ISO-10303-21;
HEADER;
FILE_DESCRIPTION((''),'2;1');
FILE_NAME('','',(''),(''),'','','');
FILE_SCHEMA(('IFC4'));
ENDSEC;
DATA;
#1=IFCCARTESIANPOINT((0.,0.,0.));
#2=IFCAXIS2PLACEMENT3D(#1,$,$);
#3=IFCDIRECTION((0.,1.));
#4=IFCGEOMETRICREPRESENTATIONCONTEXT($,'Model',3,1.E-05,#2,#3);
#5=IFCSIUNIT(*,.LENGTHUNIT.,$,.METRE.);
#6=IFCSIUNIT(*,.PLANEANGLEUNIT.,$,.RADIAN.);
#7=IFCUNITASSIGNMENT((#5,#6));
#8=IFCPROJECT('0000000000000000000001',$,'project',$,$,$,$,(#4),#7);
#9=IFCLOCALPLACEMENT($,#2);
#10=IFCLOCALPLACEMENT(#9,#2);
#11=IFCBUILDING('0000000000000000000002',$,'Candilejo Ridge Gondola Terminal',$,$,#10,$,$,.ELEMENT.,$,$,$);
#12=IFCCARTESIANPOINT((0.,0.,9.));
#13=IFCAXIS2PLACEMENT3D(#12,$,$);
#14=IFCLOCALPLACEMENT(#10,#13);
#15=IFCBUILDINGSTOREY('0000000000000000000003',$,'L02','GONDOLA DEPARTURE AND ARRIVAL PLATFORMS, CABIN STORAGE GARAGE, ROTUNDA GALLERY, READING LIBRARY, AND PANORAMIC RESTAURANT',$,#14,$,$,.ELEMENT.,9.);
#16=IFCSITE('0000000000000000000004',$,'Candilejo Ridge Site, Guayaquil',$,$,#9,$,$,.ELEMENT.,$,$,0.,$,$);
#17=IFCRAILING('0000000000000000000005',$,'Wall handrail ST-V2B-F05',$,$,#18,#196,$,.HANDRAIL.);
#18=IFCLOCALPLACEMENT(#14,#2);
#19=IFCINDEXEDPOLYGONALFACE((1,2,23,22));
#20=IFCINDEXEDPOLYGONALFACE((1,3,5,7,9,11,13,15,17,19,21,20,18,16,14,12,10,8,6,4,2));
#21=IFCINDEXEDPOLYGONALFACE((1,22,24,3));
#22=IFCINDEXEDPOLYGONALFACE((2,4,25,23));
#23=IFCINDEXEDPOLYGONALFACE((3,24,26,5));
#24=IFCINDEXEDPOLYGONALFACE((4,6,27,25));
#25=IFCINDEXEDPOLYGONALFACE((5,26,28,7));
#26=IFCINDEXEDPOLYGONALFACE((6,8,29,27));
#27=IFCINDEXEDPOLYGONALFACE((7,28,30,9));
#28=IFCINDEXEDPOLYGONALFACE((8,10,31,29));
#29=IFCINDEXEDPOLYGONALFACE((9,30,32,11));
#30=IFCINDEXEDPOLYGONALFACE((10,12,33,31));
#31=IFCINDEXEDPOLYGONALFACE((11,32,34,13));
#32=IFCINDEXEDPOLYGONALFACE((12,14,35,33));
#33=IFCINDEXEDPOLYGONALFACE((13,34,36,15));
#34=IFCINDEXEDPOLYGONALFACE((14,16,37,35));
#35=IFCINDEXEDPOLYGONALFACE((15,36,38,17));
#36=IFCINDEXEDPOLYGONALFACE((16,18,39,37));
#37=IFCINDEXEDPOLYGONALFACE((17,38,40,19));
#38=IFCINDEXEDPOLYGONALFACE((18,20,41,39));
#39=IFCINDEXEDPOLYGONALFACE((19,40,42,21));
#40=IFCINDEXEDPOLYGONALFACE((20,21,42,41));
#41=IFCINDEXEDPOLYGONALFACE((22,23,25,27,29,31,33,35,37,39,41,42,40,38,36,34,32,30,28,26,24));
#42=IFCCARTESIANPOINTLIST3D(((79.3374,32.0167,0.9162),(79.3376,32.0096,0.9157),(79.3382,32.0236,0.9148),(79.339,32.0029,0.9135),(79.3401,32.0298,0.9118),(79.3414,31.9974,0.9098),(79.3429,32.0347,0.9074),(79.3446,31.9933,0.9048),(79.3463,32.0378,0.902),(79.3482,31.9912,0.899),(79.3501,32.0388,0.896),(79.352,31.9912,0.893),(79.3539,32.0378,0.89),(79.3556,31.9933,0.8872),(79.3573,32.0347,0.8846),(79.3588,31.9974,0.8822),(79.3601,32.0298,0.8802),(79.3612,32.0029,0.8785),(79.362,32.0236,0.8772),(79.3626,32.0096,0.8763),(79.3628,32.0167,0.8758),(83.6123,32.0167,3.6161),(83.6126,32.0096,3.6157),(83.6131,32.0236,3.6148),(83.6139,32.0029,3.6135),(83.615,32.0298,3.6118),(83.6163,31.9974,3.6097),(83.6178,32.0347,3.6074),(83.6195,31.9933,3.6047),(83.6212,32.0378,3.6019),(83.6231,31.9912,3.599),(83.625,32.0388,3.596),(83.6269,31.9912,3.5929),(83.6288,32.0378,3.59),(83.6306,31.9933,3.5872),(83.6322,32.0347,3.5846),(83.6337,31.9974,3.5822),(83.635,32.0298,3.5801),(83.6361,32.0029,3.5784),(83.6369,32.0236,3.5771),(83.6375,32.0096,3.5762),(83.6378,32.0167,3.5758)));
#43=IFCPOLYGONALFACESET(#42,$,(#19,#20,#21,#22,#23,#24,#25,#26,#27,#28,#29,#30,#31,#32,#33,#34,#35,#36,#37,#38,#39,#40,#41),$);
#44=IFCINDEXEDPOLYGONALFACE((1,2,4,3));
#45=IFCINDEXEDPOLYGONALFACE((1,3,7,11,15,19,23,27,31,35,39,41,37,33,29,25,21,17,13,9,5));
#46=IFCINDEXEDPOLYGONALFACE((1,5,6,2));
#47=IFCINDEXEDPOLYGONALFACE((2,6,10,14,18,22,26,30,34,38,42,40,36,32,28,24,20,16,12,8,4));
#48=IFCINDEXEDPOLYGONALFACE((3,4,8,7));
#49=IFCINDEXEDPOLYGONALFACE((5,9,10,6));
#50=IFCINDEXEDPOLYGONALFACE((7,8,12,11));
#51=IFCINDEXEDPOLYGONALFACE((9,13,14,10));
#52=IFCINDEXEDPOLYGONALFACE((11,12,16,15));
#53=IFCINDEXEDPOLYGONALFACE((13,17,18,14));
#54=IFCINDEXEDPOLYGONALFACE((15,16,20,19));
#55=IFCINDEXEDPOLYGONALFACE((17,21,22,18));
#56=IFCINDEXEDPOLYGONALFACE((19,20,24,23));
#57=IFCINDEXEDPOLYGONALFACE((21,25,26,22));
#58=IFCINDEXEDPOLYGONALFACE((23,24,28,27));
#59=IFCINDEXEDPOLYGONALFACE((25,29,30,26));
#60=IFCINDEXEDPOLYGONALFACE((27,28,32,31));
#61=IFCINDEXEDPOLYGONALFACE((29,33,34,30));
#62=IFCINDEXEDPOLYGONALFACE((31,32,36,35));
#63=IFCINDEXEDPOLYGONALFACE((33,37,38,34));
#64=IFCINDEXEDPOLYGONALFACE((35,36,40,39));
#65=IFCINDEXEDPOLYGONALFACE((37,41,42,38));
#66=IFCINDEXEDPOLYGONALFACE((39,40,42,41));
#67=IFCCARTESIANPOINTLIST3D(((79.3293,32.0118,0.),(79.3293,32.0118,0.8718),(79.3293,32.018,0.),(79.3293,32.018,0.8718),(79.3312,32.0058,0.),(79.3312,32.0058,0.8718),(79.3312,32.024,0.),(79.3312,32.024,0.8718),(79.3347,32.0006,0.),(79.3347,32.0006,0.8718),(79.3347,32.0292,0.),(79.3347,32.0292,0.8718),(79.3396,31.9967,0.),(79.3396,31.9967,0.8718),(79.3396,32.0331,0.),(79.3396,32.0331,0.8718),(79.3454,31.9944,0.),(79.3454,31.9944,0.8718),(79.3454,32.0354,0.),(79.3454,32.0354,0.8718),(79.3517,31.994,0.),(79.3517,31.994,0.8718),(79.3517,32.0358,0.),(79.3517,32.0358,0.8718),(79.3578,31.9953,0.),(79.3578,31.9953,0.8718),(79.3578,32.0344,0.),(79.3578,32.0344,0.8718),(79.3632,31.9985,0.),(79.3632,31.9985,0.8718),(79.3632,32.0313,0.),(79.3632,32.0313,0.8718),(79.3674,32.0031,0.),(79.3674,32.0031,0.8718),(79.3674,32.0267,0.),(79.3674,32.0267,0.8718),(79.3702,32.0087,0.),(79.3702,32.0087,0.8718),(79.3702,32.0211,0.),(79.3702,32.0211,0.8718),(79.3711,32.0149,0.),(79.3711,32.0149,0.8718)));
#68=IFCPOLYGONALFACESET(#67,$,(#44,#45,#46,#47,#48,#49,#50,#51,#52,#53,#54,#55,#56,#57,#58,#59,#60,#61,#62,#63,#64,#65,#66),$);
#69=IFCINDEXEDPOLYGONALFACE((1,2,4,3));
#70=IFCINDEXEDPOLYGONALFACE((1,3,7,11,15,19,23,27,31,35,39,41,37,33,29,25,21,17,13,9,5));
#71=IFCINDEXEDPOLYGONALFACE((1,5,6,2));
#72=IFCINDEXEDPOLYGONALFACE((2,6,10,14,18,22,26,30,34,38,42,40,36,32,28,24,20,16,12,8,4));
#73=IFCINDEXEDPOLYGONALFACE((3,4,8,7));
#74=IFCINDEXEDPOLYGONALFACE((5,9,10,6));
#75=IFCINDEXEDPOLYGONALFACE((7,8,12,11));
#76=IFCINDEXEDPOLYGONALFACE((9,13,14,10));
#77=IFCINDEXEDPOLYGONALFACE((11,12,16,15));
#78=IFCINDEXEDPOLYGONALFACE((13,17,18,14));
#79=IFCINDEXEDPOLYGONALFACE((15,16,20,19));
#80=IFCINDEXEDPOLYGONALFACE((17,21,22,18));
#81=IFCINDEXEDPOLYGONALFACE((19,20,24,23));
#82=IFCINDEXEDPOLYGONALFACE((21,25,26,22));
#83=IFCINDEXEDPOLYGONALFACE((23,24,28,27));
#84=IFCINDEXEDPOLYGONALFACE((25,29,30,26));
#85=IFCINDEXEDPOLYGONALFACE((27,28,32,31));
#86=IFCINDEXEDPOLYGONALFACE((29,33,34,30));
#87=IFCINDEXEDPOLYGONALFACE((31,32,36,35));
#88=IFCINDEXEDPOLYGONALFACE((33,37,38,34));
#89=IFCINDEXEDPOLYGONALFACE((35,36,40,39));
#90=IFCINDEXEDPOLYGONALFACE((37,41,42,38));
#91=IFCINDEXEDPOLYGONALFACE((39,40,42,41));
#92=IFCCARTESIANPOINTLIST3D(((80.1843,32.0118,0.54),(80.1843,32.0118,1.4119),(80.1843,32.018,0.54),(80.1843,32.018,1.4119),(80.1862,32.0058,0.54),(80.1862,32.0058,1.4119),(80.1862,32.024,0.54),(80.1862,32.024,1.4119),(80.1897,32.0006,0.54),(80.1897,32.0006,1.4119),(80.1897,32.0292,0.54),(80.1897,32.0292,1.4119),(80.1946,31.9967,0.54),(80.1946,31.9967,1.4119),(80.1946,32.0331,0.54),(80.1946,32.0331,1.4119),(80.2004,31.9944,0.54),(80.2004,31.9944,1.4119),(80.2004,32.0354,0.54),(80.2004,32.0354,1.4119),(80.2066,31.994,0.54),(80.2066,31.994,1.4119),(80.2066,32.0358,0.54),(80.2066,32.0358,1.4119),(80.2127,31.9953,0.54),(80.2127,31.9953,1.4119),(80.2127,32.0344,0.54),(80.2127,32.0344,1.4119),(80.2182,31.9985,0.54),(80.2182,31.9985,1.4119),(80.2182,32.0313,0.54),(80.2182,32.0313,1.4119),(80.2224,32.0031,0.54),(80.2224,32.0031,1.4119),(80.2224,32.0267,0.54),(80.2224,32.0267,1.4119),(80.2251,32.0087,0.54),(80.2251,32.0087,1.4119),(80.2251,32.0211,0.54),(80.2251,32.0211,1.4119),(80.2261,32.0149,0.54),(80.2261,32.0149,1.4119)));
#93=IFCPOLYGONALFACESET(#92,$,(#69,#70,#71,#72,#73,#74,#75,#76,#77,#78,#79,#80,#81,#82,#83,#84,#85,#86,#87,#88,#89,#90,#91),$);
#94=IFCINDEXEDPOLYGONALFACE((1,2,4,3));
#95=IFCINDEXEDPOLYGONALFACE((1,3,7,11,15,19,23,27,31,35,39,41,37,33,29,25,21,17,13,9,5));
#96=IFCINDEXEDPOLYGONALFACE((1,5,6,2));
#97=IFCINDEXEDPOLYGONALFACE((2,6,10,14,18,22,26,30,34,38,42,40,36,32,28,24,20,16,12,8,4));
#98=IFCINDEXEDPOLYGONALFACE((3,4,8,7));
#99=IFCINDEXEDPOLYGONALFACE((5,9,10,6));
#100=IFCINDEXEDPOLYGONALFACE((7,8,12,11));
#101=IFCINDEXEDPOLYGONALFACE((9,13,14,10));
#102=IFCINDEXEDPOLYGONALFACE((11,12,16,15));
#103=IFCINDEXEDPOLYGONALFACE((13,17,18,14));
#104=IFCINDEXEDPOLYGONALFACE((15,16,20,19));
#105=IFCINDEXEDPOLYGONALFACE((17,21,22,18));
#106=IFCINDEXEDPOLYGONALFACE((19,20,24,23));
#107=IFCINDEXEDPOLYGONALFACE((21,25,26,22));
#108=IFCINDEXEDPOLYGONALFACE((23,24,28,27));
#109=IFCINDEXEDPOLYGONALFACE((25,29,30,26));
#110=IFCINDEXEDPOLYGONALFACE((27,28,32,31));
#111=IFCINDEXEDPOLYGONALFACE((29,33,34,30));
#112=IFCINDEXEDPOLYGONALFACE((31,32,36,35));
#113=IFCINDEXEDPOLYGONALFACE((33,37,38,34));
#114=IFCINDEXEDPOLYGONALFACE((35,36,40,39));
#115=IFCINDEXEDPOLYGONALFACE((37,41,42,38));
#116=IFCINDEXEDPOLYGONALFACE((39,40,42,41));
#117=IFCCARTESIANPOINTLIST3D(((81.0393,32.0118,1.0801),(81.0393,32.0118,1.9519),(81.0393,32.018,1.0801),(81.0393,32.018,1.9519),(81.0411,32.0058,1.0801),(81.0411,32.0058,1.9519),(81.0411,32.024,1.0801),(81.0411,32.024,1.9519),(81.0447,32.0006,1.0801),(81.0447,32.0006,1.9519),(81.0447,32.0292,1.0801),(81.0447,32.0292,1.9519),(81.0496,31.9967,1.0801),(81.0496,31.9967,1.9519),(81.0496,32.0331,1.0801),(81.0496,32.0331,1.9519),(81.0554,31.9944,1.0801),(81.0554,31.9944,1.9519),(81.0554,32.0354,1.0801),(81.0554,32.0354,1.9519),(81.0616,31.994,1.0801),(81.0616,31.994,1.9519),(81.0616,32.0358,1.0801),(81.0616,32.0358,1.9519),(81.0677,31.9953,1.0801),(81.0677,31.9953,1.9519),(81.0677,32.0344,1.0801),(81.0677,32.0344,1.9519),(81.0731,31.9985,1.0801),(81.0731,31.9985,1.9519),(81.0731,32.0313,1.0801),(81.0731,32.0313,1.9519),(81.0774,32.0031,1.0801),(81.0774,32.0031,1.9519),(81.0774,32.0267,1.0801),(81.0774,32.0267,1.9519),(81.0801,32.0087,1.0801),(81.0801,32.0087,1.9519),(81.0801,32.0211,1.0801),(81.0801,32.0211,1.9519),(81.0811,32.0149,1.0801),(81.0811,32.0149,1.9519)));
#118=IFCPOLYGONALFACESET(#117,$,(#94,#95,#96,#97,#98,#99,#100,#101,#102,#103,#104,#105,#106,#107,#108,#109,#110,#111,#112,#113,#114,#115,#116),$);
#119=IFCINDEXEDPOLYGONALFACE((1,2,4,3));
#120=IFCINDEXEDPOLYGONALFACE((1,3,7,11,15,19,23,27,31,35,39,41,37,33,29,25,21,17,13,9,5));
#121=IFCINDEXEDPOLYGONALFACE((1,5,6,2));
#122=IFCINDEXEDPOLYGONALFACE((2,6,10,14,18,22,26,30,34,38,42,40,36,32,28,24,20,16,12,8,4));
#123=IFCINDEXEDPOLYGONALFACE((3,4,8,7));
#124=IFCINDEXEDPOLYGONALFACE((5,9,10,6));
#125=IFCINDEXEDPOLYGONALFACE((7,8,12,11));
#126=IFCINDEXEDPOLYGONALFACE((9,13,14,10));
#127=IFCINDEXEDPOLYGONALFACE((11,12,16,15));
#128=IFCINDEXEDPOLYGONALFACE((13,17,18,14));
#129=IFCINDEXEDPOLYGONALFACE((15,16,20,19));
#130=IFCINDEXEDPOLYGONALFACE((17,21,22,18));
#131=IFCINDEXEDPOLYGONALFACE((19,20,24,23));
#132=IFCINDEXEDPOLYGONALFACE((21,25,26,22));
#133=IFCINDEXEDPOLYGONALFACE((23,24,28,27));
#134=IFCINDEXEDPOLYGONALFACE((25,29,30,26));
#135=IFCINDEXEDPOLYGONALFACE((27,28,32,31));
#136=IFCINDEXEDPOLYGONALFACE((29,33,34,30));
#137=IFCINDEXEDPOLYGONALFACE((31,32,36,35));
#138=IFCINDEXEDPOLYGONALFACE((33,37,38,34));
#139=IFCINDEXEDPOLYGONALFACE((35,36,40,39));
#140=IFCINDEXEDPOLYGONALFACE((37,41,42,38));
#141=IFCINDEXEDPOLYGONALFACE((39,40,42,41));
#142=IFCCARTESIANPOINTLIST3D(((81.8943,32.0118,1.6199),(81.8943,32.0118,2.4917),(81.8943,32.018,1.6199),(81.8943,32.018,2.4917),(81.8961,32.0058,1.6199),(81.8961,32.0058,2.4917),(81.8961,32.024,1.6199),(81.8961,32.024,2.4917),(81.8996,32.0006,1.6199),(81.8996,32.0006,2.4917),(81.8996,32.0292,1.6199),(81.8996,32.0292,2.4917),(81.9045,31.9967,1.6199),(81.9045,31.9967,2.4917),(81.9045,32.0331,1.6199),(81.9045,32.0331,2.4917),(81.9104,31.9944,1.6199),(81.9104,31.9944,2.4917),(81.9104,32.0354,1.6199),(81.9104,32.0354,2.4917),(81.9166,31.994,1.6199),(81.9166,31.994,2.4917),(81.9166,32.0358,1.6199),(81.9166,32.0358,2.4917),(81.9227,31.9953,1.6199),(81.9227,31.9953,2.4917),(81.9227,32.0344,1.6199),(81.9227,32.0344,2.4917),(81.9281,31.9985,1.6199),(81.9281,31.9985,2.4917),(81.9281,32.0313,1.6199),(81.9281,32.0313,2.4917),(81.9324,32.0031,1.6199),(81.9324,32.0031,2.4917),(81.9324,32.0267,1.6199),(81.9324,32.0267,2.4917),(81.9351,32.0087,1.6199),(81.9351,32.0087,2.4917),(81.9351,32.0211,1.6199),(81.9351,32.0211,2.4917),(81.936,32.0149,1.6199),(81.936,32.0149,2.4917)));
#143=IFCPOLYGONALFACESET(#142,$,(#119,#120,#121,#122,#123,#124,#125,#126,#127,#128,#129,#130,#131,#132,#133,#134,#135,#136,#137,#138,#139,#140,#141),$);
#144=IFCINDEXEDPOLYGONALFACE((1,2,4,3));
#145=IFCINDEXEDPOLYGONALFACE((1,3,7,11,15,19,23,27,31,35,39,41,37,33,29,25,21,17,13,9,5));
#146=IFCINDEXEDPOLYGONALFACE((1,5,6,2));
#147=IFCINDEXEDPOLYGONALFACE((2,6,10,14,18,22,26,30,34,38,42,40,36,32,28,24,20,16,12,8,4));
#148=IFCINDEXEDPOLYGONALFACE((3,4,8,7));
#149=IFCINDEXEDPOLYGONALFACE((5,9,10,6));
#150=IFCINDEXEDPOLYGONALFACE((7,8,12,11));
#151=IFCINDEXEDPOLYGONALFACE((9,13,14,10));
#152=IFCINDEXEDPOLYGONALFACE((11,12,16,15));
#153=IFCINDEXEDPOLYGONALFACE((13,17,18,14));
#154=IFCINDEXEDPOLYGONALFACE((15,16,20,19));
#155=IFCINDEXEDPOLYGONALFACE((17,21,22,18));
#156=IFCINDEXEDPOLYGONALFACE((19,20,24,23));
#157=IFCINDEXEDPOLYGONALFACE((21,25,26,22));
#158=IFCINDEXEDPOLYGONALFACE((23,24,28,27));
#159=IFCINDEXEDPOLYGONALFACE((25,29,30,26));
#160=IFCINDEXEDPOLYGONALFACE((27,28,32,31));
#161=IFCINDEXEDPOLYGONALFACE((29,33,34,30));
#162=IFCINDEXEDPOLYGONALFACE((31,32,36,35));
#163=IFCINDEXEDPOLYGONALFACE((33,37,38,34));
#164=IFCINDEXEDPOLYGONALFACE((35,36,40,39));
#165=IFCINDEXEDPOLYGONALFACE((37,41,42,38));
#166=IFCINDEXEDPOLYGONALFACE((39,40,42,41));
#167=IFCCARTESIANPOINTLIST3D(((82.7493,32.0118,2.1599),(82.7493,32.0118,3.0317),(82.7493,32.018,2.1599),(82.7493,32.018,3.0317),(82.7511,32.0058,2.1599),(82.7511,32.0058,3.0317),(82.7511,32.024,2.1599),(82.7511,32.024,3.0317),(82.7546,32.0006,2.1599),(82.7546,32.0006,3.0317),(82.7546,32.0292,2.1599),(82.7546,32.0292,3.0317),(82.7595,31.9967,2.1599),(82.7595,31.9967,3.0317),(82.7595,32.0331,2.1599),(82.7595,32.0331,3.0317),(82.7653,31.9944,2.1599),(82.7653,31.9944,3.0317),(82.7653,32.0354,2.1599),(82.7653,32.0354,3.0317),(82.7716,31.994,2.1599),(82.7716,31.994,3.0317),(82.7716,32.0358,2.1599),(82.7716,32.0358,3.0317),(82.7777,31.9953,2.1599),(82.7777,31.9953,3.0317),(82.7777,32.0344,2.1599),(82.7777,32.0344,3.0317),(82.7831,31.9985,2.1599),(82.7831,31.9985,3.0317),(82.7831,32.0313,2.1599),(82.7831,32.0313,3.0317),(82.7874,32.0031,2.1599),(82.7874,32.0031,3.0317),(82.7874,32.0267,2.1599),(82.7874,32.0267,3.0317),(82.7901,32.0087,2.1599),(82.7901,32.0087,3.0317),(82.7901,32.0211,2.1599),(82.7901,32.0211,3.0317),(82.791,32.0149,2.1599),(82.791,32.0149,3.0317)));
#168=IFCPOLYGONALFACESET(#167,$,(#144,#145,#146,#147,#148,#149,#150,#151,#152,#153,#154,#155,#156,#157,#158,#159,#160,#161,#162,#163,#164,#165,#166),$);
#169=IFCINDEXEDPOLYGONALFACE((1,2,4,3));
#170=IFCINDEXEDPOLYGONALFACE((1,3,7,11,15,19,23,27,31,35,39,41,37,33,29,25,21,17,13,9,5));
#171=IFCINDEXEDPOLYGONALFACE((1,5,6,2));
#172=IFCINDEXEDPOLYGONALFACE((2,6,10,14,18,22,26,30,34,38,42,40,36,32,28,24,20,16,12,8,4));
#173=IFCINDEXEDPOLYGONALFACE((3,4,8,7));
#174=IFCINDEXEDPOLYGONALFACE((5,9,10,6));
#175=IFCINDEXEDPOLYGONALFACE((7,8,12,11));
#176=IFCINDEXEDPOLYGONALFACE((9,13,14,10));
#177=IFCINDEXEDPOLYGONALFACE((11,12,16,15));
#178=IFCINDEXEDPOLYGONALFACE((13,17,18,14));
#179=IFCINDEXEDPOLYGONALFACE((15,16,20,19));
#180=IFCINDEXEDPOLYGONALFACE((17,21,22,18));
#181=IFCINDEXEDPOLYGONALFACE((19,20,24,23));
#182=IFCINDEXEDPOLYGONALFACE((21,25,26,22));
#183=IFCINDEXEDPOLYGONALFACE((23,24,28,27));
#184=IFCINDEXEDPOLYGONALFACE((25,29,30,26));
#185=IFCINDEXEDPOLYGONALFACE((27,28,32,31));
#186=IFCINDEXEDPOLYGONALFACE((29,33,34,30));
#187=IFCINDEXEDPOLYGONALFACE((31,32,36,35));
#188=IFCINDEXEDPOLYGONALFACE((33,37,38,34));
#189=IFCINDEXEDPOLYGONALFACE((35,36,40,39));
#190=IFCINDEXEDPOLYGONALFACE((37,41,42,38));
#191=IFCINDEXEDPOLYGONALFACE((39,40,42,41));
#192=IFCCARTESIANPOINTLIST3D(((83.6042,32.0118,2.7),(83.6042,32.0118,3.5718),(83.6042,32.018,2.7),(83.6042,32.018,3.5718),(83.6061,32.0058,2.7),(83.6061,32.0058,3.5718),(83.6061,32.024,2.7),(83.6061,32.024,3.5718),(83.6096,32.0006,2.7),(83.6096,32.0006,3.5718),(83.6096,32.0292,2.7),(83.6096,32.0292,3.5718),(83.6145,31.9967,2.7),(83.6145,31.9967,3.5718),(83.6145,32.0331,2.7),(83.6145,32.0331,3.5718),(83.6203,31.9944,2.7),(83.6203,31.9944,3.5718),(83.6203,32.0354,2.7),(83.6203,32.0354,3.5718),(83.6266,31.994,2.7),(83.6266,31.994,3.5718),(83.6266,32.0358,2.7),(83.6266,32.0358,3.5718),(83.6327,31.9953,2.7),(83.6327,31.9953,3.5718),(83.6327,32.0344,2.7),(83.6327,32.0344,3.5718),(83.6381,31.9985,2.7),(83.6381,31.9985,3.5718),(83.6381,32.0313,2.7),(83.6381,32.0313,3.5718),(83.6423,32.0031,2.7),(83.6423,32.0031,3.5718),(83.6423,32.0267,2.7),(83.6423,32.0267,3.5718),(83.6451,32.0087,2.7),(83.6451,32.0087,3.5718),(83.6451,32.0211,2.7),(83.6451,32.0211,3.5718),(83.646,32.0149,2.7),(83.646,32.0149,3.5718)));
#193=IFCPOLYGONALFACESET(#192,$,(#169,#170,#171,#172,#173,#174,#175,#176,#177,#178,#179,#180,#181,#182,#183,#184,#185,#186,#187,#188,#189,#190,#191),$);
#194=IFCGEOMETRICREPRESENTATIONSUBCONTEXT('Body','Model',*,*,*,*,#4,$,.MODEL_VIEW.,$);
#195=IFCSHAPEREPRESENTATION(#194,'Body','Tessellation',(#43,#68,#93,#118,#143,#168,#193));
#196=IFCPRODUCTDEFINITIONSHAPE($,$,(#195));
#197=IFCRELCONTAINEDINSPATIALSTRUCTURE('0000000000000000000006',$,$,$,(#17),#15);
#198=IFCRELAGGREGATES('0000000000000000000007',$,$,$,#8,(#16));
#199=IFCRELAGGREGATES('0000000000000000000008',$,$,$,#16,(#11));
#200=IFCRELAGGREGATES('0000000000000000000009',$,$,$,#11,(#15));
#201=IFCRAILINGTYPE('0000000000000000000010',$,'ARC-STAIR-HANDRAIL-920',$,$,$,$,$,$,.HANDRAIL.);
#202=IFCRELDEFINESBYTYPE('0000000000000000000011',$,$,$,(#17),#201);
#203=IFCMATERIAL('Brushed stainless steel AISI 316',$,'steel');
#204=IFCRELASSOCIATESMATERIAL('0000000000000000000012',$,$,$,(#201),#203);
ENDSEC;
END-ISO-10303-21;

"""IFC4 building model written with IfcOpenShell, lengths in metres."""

from ifc_helpers import new_model, si_unit, direction, frame, origin, origin_2d, place, context, subcontext, project, spatial, circle, extrude, material, type_object, element, save


model = new_model("IFC4")

# Units and contexts
model_context = context("Model", 3, precision=1e-05, world=origin(), true_north=direction((0.0, 1.0)))
body_context = subcontext(model_context, "Body", "Model", "MODEL_VIEW")
ifc_project = project(units=[si_unit("LENGTHUNIT", "METRE"), si_unit("PLANEANGLEUNIT", "RADIAN")], contexts=[model_context])

# Site, building, storey
site_placement = place(None, origin())
site = spatial("IfcSite", under=ifc_project, at=site_placement, Name="Candilejo Ridge Site, Guayaquil", CompositionType="ELEMENT", RefElevation=0.0)
building_placement = place(site_placement, origin())
building = spatial("IfcBuilding", under=site, at=building_placement, Name="Candilejo Ridge Gondola Terminal", CompositionType="ELEMENT")
storey_placement = place(building_placement, frame((0.0, 0.0, 9.0)))
storey = spatial("IfcBuildingStorey", under=building, at=storey_placement, Name="L02", Description="GONDOLA DEPARTURE AND ARRIVAL PLATFORMS, CABIN STORAGE GARAGE, ROTUNDA GALLERY, READING LIBRARY, AND PANORAMIC RESTAURANT", CompositionType="ELEMENT", Elevation=9.0)

# Railing
ifc_material_1 = material(Name="Brushed stainless steel AISI 316", Category="steel")
railing_type_1 = type_object("IfcRailingType", Name="ARC-STAIR-HANDRAIL-920", PredefinedType="HANDRAIL", material=ifc_material_1)
railing_1_placement = place(storey_placement, frame((79.3501, 32.0149, 0.0)))
element("IfcRailing", 1, at=railing_1_placement, inside=storey, type_object=railing_type_1, Name="Wall handrail ST-V2B-F05", PredefinedType="HANDRAIL", context=body_context, shape_type="SweptSolid", body=[
    extrude(circle(Radius=0.0239, at=origin_2d()), frame((0.0, 0.0, 0.896), z_axis=(0.845488, 0.0, 0.533995), x_axis=(0.0, 1.0, 0.0)), (0.0, 0.0, 1.0), 5.0562),
    extrude(circle(Radius=0.021, at=origin_2d()), origin(), (0.0, 0.0, 1.0), 0.8718),
    extrude(circle(Radius=0.021, at=origin_2d()), frame((0.855, 0.0, 0.54)), (0.0, 0.0, 1.0), 0.8718),
    extrude(circle(Radius=0.021, at=origin_2d()), frame((1.71, 0.0, 1.0801)), (0.0, 0.0, 1.0), 0.8718),
    extrude(circle(Radius=0.021, at=origin_2d()), frame((2.5649, 0.0, 1.6199)), (0.0, 0.0, 1.0), 0.8718),
    extrude(circle(Radius=0.021, at=origin_2d()), frame((3.4199, 0.0, 2.1599)), (0.0, 0.0, 1.0), 0.8718),
    extrude(circle(Radius=0.021, at=origin_2d()), frame((4.2749, 0.0, 2.7)), (0.0, 0.0, 1.0), 0.8718),
])

save(model, "model.ifc")
